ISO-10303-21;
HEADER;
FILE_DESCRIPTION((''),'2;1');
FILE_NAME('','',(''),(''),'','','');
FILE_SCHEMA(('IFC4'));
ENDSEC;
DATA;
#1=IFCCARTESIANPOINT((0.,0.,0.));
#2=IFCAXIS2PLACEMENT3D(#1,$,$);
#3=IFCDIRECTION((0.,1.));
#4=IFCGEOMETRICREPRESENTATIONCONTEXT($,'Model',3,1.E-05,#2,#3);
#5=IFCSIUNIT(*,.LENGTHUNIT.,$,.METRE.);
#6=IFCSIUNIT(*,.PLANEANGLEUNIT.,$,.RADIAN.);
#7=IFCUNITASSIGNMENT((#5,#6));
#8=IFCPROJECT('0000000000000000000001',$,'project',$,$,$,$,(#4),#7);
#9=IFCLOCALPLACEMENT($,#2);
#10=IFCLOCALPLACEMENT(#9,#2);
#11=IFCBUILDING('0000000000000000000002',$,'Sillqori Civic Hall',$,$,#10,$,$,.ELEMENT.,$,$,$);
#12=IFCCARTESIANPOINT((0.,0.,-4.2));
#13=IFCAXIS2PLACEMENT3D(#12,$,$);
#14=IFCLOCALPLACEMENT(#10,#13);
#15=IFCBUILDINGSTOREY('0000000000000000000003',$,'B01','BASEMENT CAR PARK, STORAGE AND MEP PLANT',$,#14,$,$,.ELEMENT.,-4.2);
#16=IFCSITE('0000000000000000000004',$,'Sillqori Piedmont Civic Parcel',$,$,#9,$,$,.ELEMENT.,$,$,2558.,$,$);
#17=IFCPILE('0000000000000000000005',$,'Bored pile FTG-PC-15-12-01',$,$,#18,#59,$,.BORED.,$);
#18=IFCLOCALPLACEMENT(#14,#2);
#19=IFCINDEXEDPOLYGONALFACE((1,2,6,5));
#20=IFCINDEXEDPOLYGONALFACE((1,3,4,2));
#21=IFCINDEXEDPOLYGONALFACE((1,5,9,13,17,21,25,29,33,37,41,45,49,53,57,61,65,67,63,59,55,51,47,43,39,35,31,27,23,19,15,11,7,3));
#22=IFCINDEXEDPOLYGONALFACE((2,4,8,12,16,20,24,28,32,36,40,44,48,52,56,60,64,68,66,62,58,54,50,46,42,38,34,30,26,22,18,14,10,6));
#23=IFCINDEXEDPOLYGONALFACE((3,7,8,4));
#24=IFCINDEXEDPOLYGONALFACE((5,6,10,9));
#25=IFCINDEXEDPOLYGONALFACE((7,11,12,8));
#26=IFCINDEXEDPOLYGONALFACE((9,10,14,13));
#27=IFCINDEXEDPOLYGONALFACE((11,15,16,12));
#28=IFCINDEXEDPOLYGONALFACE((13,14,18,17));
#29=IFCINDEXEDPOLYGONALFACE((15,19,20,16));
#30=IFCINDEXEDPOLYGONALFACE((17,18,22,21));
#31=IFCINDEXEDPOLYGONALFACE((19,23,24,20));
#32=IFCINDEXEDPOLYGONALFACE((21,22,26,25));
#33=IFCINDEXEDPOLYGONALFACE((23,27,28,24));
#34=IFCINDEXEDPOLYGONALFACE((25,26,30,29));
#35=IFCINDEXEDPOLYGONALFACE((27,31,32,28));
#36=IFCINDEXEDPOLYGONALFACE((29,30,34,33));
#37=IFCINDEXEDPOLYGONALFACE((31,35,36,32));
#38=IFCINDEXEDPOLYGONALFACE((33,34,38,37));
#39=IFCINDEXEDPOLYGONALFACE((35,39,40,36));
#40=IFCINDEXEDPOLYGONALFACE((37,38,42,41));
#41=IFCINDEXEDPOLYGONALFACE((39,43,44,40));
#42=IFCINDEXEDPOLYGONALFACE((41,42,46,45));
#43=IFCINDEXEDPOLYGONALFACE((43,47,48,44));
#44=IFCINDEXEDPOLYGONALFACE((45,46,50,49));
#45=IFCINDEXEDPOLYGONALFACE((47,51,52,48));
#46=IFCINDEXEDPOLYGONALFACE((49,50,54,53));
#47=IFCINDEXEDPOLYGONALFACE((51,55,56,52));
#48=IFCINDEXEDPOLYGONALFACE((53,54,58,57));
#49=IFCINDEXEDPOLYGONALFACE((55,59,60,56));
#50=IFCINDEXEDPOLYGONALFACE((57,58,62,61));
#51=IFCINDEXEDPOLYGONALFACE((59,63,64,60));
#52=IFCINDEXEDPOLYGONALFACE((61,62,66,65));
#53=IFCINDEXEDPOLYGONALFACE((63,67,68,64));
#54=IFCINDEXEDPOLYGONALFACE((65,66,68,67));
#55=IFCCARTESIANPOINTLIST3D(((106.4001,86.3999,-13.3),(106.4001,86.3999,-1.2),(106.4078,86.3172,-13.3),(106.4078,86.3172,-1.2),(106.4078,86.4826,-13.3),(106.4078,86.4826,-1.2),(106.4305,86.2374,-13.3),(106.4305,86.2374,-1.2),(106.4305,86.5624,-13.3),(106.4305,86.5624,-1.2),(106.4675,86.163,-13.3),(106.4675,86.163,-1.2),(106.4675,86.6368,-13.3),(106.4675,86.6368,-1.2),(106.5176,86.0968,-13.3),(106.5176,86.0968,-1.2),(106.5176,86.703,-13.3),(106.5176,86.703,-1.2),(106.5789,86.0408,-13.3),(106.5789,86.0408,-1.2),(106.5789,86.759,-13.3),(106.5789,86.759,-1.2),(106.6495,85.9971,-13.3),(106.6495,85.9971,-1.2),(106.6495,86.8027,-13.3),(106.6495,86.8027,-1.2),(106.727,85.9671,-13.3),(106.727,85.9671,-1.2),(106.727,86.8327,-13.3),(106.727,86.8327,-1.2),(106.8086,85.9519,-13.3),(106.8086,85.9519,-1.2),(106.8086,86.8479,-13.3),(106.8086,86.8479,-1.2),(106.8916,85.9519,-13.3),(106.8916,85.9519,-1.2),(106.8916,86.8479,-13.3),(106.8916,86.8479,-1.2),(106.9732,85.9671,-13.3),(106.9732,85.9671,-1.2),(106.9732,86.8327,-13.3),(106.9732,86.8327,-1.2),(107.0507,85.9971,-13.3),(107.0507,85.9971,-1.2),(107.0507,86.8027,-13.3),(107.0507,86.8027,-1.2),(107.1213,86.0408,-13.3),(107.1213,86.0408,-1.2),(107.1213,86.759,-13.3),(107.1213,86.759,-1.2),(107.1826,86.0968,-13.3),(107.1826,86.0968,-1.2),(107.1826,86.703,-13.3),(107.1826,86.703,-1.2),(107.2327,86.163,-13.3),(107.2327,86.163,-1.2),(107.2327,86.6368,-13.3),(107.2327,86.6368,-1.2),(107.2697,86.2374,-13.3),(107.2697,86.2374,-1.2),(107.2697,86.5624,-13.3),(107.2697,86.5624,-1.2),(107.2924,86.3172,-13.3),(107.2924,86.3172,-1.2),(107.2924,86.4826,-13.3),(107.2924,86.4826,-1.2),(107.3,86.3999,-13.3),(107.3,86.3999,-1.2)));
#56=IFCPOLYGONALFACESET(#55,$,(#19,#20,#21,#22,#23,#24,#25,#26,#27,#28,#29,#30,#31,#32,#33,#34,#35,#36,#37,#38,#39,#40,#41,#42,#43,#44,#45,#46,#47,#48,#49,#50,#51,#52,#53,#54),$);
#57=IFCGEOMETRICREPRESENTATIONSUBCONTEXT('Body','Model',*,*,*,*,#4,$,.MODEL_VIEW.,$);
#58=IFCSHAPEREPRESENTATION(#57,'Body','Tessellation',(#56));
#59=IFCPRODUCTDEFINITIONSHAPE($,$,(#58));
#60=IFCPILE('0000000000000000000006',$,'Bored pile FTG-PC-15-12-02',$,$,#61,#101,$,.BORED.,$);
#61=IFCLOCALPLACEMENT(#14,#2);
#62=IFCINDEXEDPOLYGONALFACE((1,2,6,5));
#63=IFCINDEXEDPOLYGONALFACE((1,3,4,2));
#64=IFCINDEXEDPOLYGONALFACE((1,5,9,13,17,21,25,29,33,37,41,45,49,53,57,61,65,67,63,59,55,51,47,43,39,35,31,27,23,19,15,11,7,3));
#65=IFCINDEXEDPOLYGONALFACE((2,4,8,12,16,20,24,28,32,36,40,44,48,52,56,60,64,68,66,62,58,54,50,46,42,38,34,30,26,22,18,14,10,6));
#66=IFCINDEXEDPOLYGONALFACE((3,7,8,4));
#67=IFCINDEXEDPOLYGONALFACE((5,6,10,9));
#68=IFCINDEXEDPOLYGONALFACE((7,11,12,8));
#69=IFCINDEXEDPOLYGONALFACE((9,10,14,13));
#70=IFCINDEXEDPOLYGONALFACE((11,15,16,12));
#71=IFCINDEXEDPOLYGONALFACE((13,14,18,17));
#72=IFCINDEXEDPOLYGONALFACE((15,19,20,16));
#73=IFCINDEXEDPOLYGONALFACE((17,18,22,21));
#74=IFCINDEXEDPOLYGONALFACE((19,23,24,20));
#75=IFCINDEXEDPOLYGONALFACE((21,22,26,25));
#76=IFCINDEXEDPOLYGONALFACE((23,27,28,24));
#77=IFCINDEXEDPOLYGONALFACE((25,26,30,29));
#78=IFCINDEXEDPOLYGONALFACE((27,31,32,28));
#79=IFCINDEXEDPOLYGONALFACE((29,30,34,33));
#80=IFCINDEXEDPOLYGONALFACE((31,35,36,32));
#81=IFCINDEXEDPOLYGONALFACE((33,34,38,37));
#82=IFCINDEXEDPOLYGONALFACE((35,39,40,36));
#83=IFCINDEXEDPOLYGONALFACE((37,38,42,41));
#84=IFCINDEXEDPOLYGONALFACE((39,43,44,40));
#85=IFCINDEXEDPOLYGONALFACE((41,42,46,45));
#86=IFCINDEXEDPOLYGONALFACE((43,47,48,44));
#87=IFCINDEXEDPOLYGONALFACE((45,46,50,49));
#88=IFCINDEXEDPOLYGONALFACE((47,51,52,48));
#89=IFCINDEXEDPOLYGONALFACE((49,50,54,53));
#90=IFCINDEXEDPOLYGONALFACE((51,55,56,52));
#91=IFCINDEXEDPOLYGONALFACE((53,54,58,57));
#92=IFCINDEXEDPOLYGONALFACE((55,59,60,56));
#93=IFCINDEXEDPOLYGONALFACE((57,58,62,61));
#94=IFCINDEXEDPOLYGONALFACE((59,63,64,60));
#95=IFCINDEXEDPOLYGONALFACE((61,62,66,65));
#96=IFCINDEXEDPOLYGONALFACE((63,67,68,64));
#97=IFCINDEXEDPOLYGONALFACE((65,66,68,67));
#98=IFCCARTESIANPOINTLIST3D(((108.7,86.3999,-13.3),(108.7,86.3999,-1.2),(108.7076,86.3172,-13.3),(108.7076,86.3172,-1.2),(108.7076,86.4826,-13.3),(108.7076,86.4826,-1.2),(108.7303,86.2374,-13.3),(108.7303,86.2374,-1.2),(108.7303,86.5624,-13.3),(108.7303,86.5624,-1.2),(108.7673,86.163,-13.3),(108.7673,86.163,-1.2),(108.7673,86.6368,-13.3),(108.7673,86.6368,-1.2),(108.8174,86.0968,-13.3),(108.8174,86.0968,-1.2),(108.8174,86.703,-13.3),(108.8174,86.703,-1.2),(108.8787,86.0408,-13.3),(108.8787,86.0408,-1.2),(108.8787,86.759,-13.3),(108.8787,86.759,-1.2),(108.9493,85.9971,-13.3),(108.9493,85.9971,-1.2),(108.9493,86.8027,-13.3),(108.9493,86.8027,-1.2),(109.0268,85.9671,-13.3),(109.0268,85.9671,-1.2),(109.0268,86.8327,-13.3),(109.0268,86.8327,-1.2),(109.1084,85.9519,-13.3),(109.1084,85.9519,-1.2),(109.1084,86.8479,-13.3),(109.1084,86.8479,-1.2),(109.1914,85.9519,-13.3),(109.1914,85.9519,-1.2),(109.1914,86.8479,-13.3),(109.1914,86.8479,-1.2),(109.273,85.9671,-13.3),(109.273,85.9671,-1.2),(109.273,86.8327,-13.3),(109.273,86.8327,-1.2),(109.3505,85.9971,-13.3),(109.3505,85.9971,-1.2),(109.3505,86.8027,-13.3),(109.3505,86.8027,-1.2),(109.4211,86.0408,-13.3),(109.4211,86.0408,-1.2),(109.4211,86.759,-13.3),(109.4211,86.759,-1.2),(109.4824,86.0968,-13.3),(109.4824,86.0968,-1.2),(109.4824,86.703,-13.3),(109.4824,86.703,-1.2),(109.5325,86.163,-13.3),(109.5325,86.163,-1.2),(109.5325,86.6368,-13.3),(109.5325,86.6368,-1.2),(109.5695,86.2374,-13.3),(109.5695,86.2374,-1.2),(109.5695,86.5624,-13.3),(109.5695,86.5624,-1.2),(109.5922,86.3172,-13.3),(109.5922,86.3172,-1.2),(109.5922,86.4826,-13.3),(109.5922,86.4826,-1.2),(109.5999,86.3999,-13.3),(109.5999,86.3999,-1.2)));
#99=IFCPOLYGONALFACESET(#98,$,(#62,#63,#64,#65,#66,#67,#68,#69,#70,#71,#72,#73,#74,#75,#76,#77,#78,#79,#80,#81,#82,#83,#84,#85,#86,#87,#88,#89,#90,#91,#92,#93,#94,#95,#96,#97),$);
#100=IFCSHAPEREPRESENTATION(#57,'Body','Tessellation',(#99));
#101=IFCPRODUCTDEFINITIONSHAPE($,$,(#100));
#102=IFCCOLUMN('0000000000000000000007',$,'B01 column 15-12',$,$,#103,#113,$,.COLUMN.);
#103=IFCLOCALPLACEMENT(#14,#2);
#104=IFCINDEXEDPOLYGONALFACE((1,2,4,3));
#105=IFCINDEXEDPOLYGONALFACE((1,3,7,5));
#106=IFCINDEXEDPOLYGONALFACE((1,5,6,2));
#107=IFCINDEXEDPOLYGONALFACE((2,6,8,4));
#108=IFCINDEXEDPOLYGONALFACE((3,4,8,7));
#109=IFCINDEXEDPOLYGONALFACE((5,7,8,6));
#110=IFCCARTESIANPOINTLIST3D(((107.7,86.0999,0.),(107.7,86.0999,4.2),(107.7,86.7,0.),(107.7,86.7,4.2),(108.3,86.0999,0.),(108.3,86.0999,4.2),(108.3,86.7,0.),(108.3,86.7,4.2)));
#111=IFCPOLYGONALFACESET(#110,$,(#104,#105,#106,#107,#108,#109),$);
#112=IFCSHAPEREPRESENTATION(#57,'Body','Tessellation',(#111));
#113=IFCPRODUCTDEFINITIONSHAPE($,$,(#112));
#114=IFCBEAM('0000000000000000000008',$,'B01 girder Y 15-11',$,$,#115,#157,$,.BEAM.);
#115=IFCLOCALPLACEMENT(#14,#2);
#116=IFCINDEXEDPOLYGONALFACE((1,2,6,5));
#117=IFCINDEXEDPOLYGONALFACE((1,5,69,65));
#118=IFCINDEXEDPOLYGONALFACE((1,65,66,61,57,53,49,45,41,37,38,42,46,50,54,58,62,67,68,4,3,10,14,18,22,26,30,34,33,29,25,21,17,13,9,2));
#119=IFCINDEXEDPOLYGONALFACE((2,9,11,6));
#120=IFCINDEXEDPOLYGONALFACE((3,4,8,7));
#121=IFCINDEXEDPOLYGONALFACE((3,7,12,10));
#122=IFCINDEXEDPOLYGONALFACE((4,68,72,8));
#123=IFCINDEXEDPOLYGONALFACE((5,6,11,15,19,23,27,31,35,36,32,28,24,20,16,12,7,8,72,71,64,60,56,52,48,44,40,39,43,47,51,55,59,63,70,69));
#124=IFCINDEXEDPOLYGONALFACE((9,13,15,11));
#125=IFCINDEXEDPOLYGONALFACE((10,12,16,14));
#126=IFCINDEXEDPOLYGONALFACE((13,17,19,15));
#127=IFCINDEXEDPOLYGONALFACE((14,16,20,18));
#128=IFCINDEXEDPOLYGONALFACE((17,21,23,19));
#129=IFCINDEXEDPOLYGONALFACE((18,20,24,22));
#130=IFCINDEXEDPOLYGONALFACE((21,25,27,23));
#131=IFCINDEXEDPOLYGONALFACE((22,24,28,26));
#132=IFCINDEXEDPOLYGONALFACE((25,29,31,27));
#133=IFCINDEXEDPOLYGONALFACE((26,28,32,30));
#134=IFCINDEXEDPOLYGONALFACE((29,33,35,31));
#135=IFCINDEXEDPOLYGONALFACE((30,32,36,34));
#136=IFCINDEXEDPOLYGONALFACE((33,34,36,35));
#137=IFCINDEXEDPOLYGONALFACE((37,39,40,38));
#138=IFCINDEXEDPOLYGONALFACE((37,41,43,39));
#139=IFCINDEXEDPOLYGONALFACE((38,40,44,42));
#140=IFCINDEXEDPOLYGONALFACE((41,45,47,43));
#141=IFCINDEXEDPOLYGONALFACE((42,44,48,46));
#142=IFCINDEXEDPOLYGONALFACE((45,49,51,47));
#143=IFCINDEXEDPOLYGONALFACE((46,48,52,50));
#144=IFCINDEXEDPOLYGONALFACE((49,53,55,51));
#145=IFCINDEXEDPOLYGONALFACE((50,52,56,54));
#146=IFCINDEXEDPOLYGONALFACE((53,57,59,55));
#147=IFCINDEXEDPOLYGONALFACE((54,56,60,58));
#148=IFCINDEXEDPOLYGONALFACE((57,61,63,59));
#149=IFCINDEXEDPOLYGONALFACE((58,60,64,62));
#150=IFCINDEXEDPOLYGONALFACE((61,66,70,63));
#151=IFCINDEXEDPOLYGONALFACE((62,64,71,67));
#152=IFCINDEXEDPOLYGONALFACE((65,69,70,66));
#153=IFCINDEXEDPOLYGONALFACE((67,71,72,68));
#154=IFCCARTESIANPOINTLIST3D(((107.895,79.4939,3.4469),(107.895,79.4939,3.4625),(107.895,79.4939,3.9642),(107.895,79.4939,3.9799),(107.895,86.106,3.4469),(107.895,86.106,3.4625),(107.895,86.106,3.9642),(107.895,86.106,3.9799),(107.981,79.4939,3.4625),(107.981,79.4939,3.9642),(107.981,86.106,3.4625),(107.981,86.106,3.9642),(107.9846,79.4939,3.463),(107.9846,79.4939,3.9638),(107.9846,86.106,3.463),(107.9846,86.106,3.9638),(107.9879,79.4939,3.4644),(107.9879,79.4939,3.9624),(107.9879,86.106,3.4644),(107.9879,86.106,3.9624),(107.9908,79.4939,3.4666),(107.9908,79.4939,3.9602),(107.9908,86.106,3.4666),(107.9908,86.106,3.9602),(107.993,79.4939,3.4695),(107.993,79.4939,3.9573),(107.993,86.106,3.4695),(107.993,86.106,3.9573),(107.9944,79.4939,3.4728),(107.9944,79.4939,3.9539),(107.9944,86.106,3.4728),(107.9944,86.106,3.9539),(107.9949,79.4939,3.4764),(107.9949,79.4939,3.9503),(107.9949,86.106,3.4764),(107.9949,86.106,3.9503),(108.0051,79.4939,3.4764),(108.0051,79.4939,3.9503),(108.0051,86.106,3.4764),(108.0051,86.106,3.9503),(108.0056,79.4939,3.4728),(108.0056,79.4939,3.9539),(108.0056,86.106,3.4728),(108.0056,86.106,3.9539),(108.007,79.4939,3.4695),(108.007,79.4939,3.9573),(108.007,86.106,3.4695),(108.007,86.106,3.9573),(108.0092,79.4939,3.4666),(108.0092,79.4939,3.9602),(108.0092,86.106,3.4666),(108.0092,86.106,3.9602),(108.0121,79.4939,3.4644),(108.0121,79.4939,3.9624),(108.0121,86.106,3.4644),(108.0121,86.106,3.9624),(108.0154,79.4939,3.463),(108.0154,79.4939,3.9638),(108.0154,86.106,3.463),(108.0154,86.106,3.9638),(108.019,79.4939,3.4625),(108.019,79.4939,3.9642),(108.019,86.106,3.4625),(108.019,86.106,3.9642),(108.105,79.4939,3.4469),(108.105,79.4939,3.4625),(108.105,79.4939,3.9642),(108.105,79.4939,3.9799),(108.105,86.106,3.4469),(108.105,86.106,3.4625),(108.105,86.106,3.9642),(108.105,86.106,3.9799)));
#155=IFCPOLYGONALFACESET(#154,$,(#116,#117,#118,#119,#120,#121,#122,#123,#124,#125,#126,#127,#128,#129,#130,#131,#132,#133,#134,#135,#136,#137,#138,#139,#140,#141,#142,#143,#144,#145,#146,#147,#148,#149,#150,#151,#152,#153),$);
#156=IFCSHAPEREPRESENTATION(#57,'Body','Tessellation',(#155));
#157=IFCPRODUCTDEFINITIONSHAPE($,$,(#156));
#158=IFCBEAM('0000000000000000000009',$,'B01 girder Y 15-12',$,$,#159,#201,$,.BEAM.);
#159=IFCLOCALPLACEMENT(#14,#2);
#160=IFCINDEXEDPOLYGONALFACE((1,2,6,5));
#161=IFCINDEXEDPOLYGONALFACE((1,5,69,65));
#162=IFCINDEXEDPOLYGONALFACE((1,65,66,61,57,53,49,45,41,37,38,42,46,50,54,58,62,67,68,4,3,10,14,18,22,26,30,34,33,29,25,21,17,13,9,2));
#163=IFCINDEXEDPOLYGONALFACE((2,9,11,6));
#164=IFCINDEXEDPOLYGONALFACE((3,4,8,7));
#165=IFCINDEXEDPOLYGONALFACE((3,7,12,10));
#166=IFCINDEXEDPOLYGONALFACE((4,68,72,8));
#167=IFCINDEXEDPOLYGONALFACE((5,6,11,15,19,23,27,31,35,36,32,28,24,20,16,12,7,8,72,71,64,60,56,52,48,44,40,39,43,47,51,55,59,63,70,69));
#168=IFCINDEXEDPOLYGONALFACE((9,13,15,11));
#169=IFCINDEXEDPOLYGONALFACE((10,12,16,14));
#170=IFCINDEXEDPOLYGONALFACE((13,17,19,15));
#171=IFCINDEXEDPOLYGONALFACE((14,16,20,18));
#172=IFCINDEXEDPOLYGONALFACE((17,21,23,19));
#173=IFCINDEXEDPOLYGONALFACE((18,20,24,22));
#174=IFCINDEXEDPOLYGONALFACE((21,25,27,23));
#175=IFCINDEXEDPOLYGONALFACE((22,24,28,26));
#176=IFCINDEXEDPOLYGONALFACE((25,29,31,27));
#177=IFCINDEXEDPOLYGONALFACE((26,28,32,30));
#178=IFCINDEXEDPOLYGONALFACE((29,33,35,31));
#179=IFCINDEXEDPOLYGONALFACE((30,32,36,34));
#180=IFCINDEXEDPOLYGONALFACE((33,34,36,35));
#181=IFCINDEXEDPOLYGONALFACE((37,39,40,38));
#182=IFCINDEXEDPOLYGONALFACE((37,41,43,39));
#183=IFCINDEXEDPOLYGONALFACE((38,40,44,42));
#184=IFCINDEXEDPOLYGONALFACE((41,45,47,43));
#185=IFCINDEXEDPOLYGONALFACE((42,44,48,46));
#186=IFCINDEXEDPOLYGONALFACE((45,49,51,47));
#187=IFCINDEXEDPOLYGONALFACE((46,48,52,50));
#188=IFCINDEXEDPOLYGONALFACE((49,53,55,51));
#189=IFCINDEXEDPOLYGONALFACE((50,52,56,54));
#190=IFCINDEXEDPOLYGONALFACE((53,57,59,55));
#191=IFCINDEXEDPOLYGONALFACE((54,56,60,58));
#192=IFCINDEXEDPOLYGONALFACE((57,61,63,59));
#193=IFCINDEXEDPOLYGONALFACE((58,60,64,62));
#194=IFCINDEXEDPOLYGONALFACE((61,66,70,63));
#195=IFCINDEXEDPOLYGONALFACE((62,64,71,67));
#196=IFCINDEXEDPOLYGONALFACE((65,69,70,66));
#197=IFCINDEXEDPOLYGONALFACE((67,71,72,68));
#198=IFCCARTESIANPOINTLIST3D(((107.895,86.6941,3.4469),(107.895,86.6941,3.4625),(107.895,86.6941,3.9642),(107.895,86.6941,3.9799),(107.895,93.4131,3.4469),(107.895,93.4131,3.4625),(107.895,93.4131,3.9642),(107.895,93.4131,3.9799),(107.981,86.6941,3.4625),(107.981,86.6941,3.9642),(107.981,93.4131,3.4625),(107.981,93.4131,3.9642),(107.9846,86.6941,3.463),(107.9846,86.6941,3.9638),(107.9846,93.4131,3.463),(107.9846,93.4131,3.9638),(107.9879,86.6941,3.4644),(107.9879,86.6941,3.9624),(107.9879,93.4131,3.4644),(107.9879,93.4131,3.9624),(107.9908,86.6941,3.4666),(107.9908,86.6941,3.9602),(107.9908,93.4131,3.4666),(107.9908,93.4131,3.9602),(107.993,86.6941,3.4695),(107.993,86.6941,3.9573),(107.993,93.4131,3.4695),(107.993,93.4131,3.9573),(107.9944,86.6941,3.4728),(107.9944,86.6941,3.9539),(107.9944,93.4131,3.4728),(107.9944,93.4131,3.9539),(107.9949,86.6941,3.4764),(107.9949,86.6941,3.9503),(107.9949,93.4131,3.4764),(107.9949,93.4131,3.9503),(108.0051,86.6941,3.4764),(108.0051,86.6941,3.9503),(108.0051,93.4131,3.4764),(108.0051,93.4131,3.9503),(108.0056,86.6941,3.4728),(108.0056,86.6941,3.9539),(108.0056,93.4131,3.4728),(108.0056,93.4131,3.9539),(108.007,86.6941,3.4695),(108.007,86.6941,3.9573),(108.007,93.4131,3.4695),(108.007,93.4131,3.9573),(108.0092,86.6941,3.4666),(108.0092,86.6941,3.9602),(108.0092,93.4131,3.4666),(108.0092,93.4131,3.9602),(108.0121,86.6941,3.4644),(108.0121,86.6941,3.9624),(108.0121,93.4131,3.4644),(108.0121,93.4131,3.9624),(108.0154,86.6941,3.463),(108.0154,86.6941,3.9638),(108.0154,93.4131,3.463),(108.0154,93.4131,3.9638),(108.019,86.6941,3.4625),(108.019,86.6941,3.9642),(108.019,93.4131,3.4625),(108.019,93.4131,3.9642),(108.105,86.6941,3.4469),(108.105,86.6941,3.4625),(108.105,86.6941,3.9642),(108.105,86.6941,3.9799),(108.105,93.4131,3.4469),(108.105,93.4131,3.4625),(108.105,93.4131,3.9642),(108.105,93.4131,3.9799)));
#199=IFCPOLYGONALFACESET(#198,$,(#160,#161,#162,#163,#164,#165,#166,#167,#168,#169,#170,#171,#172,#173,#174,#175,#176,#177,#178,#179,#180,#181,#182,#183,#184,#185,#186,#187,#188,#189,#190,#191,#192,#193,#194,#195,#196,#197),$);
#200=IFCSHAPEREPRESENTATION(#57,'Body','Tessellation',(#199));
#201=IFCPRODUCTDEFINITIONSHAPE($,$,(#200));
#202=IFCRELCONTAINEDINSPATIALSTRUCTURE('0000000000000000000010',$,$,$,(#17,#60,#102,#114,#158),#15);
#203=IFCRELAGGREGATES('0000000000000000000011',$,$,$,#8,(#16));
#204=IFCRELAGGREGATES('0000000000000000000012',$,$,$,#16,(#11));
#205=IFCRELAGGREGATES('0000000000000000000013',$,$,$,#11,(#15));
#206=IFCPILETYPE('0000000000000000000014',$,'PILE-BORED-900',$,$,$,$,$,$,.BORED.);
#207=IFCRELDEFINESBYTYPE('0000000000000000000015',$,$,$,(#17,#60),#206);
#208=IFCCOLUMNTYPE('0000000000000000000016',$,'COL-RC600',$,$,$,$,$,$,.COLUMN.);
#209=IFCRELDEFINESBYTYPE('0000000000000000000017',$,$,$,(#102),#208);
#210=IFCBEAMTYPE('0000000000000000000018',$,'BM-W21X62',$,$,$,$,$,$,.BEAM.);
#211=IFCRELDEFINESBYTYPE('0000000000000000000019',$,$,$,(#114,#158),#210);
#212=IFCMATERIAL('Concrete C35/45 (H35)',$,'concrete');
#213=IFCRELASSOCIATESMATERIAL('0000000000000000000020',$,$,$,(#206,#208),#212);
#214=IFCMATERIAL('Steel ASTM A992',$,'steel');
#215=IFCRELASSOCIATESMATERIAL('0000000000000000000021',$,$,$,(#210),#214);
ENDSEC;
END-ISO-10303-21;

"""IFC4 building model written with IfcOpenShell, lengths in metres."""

from ifc_helpers import new_model, si_unit, direction, frame, origin, origin_2d, place, context, subcontext, project, spatial, rectangle, circle, i_section, extrude, material, material_profile, profile_set, type_object, element, save


model = new_model("IFC4")

# Units and contexts
model_context = context("Model", 3, precision=1e-05, world=origin(), true_north=direction((0.0, 1.0)))
body_context = subcontext(model_context, "Body", "Model", "MODEL_VIEW")
ifc_project = project(units=[si_unit("LENGTHUNIT", "METRE"), si_unit("PLANEANGLEUNIT", "RADIAN")], contexts=[model_context])

# Site, building, storey
site_placement = place(None, origin())
site = spatial("IfcSite", under=ifc_project, at=site_placement, Name="Sillqori Piedmont Civic Parcel", CompositionType="ELEMENT", RefElevation=2558.0)
building_placement = place(site_placement, origin())
building = spatial("IfcBuilding", under=site, at=building_placement, Name="Sillqori Civic Hall", CompositionType="ELEMENT")
storey_placement = place(building_placement, frame((0.0, 0.0, -4.2)))
storey = spatial("IfcBuildingStorey", under=building, at=storey_placement, Name="B01", Description="BASEMENT CAR PARK, STORAGE AND MEP PLANT", CompositionType="ELEMENT", Elevation=-4.2)

# Shared definitions
ifc_material_1 = material(Name="Concrete C35/45 (H35)", Category="concrete")

# Piles
ifc_material_profile_1 = material_profile(ifc_material_1, circle(Radius=0.45, at=origin_2d()), Name="BORED PILE 900")
ifc_profile_set_1 = profile_set([ifc_material_profile_1], Name="Concrete C35/45 (H35)")
pile_type = type_object("IfcPileType", Name="PILE-BORED-900", PredefinedType="BORED", material=ifc_profile_set_1)
for number, where, z_axis, x_axis, name in (
    (1, (106.8501, 86.3999, -1.2), (0.0, 0.0, -1.0), (1.0, 0.0, 0.0), "Bored pile FTG-PC-15-12-01"),
    (2, (109.1499, 86.3999, -1.2), (0.0, 0.0, -1.0), (1.0, 0.0, 0.0), "Bored pile FTG-PC-15-12-02"),
):
    element("IfcPile", number, at=place(storey_placement, frame(where, z_axis=z_axis, x_axis=x_axis)), inside=storey, type_object=pile_type, Name=name, PredefinedType="BORED", context=body_context, shape_type="SweptSolid", body=[
        extrude(circle(Radius=0.45, at=origin_2d()), origin(), (0.0, 0.0, 1.0), 12.1001),
    ])

# Column
ifc_material_profile_2 = material_profile(ifc_material_1, rectangle(XDim=0.6001, YDim=0.6001, at=origin_2d()), Name="RC 600x600")
ifc_profile_set_2 = profile_set([ifc_material_profile_2], Name="Concrete C35/45 (H35)")
column_type = type_object("IfcColumnType", Name="COL-RC600", PredefinedType="COLUMN", material=ifc_profile_set_2)
column_placement = place(storey_placement, frame((108.0, 86.3999, 0.0), z_axis=(0.0, 0.0, 1.0), x_axis=(1.0, 0.0, 0.0)))
element("IfcColumn", 3, at=column_placement, inside=storey, type_object=column_type, Name="B01 column 15-12", PredefinedType="COLUMN", context=body_context, shape_type="SweptSolid", body=[
    extrude(rectangle(XDim=0.6001, YDim=0.6001, at=origin_2d()), origin(), (0.0, 0.0, 1.0), 4.2),
])

# Beams
ifc_material_2 = material(Name="Steel ASTM A992", Category="steel")
ifc_material_profile_3 = material_profile(ifc_material_2, i_section(OverallWidth=0.21, OverallDepth=0.533, WebThickness=0.0103, FlangeThickness=0.0156, FilletRadius=0.0139, at=origin_2d()), Name="W21X62")
ifc_profile_set_3 = profile_set([ifc_material_profile_3], Name="Steel ASTM A992")
beam_type_1 = type_object("IfcBeamType", Name="BM-W21X62", PredefinedType="BEAM", material=ifc_profile_set_3)
beam_1_placement = place(storey_placement, frame((108.0, 79.4939, 3.7134), z_axis=(0.0, 1.0, 0.0), x_axis=(-1.0, 0.0, 0.0)))
element("IfcBeam", 4, at=beam_1_placement, inside=storey, type_object=beam_type_1, Name="B01 girder Y 15-11", PredefinedType="BEAM", context=body_context, shape_type="SweptSolid", body=[
    extrude(i_section(OverallWidth=0.21, OverallDepth=0.533, WebThickness=0.0103, FlangeThickness=0.0156, FilletRadius=0.0139, at=origin_2d()), origin(), (0.0, 0.0, 1.0), 6.6121),
])
beam_2_placement = place(storey_placement, frame((108.0, 86.6941, 3.7134), z_axis=(0.0, 1.0, 0.0), x_axis=(-1.0, 0.0, 0.0)))
element("IfcBeam", 5, at=beam_2_placement, inside=storey, type_object=beam_type_1, Name="B01 girder Y 15-12", PredefinedType="BEAM", context=body_context, shape_type="SweptSolid", body=[
    extrude(i_section(OverallWidth=0.21, OverallDepth=0.533, WebThickness=0.0103, FlangeThickness=0.0156, FilletRadius=0.0139, at=origin_2d()), origin(), (0.0, 0.0, 1.0), 6.719),
])

save(model, "model.ifc")
